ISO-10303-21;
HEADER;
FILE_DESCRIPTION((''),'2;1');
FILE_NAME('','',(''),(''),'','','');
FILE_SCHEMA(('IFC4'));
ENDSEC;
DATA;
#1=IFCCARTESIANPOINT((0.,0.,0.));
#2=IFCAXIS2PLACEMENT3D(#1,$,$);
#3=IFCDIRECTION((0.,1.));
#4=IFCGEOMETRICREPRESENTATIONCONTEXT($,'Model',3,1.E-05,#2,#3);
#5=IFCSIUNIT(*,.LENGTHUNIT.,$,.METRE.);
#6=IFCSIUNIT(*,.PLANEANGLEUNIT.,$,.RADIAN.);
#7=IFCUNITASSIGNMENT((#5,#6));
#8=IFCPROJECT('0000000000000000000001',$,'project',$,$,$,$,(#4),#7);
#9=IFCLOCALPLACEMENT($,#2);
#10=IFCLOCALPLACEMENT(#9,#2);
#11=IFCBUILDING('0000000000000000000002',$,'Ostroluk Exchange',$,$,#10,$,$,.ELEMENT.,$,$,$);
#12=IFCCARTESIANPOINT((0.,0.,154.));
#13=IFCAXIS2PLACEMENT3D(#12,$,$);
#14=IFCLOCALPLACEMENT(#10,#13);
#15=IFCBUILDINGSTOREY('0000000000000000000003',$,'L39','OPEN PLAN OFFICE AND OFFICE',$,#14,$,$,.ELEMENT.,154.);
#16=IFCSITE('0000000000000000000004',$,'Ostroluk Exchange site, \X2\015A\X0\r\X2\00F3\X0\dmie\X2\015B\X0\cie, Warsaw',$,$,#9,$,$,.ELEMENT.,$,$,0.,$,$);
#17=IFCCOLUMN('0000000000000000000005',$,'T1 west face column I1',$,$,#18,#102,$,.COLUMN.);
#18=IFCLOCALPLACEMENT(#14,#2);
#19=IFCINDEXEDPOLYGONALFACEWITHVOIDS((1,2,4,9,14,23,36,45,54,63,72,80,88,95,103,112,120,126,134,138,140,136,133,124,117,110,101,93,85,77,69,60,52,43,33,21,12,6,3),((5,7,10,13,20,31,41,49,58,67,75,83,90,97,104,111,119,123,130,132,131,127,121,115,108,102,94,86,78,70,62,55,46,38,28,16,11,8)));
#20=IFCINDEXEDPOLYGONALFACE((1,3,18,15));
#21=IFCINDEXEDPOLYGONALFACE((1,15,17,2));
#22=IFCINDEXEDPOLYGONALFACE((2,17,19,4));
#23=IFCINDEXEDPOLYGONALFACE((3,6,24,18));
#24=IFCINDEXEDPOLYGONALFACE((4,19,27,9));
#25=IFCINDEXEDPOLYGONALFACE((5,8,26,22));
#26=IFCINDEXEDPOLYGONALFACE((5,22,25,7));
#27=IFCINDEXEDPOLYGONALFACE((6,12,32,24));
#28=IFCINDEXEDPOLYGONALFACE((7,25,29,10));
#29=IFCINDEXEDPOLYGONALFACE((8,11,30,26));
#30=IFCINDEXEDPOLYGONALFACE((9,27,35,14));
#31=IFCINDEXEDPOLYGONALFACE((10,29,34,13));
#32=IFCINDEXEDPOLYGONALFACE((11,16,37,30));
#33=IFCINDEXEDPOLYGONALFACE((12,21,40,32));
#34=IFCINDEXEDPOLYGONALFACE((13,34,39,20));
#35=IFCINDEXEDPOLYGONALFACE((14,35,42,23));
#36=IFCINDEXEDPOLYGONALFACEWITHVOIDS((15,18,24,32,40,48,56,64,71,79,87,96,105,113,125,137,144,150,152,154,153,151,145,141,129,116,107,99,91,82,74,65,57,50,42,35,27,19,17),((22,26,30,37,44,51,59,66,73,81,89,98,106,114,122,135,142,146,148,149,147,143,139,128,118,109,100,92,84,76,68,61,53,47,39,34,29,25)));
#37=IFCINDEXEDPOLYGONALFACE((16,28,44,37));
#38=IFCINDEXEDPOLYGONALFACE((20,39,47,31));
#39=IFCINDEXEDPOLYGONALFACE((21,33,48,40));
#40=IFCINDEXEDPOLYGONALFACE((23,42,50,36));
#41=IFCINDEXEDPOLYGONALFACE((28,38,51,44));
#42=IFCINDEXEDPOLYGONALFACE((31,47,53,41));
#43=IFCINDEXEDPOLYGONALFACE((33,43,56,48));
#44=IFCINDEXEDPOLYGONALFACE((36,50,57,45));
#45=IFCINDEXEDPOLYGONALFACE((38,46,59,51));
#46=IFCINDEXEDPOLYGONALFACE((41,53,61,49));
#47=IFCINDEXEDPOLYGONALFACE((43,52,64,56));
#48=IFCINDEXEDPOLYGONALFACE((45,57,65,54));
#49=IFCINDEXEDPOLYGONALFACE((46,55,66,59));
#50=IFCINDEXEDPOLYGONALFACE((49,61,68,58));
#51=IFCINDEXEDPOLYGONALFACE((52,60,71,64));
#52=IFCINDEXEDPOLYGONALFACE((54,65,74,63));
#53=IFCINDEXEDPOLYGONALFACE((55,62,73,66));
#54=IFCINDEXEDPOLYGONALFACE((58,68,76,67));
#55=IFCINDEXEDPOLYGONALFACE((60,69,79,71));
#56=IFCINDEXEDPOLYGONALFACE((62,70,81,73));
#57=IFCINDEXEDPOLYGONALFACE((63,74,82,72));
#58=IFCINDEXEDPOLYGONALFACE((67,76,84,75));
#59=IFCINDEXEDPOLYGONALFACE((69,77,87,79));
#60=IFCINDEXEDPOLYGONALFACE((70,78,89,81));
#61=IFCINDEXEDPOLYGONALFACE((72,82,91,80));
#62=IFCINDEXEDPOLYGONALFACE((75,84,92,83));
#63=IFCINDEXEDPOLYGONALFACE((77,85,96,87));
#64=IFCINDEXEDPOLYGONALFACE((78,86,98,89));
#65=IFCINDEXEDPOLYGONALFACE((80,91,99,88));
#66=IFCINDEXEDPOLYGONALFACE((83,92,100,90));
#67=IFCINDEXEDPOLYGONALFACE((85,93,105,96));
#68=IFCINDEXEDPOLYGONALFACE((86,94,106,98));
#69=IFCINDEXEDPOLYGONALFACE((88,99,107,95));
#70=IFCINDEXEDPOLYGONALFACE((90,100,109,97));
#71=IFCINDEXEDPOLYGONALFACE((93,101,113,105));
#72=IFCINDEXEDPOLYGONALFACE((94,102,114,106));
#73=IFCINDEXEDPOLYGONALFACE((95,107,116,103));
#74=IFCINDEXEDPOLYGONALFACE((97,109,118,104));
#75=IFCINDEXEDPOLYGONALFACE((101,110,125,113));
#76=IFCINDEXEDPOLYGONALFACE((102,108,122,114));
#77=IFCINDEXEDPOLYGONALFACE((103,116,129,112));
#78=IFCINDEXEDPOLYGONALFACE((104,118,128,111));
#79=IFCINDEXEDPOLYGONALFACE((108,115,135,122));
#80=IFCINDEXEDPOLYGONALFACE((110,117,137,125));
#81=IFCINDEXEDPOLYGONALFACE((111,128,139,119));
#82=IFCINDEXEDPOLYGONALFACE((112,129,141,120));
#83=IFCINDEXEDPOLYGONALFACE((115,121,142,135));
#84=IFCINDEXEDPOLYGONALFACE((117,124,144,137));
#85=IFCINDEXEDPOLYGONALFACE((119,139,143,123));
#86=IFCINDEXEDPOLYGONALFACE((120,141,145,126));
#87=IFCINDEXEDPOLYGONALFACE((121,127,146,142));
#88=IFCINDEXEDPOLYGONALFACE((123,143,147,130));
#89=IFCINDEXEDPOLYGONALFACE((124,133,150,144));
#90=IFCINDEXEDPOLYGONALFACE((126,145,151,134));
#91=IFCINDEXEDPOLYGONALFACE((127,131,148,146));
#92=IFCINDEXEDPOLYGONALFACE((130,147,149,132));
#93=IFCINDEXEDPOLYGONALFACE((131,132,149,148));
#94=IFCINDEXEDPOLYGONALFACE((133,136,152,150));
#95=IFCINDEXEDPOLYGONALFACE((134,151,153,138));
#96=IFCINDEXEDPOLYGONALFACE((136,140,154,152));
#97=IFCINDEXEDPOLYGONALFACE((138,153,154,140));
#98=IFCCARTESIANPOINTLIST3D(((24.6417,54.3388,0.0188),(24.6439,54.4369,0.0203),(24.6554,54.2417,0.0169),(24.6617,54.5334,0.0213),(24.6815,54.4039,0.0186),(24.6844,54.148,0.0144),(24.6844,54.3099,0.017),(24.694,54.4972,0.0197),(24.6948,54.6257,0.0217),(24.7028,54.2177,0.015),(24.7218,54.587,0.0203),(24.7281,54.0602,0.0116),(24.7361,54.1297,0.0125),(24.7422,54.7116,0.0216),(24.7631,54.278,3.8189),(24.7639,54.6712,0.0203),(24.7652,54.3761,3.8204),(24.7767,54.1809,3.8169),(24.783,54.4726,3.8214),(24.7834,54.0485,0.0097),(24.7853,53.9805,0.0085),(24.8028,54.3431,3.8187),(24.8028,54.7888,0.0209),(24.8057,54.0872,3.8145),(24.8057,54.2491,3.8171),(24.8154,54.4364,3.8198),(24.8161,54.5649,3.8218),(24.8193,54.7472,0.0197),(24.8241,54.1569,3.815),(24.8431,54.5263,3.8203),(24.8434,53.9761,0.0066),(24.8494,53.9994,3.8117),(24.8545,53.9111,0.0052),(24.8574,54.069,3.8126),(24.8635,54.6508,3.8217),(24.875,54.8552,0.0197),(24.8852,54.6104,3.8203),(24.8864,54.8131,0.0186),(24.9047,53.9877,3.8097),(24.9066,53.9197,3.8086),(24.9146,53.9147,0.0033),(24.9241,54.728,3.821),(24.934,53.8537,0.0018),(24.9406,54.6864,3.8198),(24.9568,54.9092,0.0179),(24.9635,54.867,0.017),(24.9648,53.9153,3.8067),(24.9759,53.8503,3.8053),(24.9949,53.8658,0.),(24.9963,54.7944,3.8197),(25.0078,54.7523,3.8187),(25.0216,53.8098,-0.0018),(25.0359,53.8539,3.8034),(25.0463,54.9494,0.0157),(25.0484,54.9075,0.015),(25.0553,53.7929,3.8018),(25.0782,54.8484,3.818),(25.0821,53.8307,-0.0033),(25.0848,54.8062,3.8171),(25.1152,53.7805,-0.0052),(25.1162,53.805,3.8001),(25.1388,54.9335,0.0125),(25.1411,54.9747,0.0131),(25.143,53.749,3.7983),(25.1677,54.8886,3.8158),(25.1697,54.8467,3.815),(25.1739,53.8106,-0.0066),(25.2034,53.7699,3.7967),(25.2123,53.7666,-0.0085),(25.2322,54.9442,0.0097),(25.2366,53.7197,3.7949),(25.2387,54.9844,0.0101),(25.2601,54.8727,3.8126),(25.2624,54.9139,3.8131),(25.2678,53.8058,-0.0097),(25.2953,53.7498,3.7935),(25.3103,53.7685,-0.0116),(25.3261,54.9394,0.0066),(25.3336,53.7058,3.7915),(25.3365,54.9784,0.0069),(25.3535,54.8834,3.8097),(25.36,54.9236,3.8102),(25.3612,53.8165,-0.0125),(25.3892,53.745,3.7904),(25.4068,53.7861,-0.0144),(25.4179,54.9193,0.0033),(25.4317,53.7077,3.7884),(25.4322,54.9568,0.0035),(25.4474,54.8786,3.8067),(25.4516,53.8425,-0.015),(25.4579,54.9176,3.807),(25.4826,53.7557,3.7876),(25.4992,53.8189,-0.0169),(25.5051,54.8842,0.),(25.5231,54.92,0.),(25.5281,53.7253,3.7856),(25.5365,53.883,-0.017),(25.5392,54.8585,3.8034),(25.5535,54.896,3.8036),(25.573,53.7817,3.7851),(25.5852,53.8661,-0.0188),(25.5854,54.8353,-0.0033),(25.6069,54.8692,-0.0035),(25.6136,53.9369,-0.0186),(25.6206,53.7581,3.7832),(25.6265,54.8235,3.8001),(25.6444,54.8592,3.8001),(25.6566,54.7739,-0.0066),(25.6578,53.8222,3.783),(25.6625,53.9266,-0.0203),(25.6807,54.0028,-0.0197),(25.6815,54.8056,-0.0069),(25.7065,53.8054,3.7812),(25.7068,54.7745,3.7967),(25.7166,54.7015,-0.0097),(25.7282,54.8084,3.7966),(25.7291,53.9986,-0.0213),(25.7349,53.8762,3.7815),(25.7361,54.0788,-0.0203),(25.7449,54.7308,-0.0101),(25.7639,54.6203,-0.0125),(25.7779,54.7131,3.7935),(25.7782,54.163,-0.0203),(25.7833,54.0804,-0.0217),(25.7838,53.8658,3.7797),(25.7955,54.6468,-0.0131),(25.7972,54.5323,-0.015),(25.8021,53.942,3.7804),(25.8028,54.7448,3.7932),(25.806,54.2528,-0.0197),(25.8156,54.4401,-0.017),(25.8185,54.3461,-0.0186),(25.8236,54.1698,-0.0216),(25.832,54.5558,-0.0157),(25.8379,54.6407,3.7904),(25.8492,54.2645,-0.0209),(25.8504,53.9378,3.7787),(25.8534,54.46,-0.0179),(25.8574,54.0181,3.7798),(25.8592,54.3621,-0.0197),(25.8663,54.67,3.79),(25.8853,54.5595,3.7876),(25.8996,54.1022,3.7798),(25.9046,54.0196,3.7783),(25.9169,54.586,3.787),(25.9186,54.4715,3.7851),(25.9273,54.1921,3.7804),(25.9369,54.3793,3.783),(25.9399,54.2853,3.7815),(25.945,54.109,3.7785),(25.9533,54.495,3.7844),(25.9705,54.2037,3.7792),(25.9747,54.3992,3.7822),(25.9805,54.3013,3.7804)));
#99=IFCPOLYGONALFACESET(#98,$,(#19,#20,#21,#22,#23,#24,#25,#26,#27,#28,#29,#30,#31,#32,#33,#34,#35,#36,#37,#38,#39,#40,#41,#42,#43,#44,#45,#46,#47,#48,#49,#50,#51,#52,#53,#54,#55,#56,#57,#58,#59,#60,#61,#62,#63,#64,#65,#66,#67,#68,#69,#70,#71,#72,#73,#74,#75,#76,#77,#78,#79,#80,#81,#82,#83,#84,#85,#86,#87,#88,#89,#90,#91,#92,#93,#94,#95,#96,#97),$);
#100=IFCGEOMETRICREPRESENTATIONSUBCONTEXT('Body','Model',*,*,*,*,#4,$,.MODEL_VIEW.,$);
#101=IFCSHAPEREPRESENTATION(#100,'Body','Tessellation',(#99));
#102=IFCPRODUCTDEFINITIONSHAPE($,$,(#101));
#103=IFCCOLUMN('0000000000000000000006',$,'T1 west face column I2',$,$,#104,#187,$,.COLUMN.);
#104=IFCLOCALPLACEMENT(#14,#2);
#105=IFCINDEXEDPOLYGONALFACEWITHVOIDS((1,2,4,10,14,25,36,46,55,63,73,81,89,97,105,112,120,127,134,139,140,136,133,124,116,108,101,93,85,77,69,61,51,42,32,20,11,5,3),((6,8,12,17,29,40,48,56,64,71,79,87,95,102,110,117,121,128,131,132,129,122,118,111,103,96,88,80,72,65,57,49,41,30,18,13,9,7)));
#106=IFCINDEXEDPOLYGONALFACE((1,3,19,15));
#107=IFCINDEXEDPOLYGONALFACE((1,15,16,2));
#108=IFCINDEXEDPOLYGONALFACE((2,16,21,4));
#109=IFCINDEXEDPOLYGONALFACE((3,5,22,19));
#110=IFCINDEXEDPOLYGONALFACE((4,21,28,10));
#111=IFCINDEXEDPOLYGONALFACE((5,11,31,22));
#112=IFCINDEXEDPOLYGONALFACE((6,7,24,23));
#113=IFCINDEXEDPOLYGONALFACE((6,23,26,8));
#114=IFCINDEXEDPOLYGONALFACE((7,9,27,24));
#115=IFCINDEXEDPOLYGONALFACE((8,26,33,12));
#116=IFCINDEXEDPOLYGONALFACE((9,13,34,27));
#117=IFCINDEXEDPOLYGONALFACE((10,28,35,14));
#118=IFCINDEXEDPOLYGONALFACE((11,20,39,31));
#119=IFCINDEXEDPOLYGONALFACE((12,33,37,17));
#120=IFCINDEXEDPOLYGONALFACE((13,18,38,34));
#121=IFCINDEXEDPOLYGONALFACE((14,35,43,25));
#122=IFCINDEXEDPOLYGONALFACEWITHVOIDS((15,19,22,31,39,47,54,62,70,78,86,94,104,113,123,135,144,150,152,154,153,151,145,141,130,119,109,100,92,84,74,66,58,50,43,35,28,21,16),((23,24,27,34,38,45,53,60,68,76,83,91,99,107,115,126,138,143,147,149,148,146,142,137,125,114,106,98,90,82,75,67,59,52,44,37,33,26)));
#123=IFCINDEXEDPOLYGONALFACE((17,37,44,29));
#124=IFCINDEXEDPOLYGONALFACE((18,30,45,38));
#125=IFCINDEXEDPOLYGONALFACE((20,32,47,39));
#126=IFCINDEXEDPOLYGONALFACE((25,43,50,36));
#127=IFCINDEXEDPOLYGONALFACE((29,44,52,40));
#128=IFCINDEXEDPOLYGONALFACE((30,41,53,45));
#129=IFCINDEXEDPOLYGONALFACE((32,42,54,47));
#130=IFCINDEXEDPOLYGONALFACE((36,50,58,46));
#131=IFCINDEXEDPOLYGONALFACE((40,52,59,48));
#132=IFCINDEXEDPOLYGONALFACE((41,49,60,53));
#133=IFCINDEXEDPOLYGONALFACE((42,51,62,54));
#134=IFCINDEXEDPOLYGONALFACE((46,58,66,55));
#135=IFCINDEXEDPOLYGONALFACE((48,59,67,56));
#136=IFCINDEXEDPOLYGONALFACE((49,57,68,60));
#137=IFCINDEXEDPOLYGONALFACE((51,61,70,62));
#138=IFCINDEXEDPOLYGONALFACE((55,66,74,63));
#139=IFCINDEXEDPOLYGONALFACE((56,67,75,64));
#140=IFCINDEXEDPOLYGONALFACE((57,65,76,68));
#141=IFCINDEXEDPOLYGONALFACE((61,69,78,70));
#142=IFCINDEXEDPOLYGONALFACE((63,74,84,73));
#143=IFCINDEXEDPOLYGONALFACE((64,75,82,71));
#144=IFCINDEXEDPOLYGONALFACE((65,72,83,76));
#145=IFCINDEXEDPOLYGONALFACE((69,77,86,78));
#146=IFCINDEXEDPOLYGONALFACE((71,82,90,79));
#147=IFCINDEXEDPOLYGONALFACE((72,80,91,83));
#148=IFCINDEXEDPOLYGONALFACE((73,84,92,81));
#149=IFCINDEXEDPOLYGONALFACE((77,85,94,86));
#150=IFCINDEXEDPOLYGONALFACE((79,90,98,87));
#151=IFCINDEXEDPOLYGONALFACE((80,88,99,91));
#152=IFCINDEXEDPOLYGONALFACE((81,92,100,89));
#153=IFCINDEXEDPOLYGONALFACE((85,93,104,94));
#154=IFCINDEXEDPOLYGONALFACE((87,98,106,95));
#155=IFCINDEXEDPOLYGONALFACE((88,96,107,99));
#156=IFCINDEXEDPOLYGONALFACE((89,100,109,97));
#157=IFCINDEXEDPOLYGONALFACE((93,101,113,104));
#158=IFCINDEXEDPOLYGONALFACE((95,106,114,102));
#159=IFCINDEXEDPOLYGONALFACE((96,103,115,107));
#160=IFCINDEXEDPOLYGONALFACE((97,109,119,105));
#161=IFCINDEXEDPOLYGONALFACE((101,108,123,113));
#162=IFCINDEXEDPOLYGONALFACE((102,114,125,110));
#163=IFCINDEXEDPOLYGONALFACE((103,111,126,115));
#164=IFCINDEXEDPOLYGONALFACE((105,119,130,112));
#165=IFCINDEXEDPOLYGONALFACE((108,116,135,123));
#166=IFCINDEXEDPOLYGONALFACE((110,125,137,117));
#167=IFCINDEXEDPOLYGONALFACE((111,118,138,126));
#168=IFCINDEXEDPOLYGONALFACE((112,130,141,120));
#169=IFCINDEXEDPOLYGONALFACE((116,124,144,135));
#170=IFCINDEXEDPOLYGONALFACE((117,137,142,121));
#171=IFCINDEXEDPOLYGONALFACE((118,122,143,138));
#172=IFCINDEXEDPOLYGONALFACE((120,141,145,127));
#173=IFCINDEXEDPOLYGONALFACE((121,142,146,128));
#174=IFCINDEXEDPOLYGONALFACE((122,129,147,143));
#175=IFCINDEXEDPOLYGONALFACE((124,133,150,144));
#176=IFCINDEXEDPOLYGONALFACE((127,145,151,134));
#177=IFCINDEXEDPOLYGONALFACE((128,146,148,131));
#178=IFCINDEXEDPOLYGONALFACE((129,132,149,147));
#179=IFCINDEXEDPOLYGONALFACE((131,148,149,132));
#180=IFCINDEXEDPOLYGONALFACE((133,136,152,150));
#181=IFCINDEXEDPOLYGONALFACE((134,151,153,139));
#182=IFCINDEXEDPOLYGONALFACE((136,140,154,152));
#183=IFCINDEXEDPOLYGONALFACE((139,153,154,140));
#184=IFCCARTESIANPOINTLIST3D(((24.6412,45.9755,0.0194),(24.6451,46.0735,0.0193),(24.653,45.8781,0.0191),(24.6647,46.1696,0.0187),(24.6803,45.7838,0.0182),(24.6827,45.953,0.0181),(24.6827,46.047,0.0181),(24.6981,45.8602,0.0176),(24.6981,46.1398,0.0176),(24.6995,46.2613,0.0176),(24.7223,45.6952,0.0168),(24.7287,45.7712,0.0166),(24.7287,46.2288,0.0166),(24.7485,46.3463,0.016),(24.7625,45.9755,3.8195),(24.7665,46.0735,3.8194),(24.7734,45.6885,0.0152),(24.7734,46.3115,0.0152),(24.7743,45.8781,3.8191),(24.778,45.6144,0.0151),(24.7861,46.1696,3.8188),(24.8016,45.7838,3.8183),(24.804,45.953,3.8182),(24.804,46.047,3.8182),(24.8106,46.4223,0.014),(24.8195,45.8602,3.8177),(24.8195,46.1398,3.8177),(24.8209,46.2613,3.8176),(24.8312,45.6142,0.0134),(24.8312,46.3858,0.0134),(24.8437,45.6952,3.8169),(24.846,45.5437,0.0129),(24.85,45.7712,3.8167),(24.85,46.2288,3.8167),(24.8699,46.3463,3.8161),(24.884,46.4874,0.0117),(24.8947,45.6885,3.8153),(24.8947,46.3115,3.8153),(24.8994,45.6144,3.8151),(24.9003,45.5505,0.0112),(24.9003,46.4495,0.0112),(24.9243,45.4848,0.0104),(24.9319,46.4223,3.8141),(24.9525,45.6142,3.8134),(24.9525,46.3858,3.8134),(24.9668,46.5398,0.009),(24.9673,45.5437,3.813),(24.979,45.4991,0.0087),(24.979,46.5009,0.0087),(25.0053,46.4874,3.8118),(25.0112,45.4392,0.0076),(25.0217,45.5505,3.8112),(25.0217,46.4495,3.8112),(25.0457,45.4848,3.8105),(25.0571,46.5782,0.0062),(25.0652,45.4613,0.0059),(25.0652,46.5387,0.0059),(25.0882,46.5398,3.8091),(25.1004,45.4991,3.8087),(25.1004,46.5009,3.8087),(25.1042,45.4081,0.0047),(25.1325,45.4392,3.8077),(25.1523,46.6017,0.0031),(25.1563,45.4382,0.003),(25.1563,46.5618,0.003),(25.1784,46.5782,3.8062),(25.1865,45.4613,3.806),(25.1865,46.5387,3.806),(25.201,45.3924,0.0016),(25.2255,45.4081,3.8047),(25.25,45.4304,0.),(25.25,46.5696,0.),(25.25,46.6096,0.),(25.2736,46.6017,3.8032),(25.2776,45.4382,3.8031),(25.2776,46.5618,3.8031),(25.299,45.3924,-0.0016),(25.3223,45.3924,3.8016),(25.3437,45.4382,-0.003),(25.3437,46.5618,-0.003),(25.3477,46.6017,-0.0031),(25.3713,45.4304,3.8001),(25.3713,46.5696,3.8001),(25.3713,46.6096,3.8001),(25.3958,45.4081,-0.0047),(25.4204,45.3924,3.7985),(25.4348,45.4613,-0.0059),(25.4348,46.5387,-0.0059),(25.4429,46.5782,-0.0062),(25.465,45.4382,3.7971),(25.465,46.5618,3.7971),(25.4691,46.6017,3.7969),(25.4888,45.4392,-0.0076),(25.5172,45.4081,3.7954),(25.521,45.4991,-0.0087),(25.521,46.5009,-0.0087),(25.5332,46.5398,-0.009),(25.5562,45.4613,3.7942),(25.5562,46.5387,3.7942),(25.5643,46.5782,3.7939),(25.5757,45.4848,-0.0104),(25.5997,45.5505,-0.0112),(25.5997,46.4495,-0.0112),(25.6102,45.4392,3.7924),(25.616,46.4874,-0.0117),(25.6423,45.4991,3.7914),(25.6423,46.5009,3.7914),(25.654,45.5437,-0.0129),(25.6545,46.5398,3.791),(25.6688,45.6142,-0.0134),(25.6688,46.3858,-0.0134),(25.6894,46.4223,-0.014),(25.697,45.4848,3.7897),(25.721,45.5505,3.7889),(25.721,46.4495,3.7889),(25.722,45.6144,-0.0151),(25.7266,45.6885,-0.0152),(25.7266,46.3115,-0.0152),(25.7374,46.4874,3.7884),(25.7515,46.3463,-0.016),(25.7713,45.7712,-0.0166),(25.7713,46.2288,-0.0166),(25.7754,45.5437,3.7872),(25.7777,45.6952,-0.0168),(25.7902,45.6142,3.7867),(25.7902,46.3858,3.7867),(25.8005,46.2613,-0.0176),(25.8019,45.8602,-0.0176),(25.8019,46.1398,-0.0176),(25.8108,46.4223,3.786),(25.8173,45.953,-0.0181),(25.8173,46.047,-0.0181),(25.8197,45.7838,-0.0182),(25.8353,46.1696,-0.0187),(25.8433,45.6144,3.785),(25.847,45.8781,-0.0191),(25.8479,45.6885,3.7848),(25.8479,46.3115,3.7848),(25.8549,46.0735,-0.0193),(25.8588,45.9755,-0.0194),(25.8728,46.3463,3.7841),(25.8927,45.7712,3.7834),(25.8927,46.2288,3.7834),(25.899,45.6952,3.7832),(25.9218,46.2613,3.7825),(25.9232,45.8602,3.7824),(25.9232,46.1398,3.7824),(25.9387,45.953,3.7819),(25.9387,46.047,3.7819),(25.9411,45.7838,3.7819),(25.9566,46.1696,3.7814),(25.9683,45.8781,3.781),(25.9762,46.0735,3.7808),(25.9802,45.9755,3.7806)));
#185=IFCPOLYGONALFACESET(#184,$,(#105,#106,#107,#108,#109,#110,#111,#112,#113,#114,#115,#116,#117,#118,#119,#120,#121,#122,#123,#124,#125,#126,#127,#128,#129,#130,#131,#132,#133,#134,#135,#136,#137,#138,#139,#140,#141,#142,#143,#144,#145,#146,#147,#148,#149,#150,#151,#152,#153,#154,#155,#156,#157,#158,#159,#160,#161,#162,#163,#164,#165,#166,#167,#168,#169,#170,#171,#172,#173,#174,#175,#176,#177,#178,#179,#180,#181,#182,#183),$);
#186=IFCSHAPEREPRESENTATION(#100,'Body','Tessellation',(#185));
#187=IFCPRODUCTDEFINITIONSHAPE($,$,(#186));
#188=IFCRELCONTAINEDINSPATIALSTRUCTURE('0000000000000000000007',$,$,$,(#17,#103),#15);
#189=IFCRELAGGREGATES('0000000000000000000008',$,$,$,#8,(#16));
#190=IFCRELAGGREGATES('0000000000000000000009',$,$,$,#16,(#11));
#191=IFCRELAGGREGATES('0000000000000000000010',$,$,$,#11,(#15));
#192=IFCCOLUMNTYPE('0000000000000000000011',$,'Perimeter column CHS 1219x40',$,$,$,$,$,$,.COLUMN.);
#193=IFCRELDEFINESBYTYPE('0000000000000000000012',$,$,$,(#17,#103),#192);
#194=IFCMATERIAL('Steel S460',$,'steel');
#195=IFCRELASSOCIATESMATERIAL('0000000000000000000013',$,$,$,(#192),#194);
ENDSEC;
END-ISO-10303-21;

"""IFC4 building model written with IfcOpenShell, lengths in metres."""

from ifc_helpers import new_model, si_unit, direction, frame, origin, origin_2d, place, context, subcontext, project, spatial, hollow_circle, extrude, material, material_profile, profile_set, type_object, element, save


model = new_model("IFC4")

# Units and contexts
model_context = context("Model", 3, precision=1e-05, world=origin(), true_north=direction((0.0, 1.0)))
body_context = subcontext(model_context, "Body", "Model", "MODEL_VIEW")
ifc_project = project(units=[si_unit("LENGTHUNIT", "METRE"), si_unit("PLANEANGLEUNIT", "RADIAN")], contexts=[model_context])

# Site, building, storey
site_placement = place(None, origin())
site = spatial("IfcSite", under=ifc_project, at=site_placement, Name="Ostroluk Exchange site, Śródmieście, Warsaw", CompositionType="ELEMENT", RefElevation=0.0)
building_placement = place(site_placement, origin())
building = spatial("IfcBuilding", under=site, at=building_placement, Name="Ostroluk Exchange", CompositionType="ELEMENT")
storey_placement = place(building_placement, frame((0.0, 0.0, 154.0)))
storey = spatial("IfcBuildingStorey", under=building, at=storey_placement, Name="L39", Description="OPEN PLAN OFFICE AND OFFICE", CompositionType="ELEMENT", Elevation=154.0)

# Columns
ifc_material_1 = material(Name="Steel S460", Category="steel")
ifc_material_profile_1 = material_profile(ifc_material_1, hollow_circle(Radius=0.6096, WallThickness=0.04, at=origin_2d()), Name="CHS 1219x40")
ifc_profile_set_1 = profile_set([ifc_material_profile_1], Name="Steel S460")
column_type = type_object("IfcColumnType", Name="Perimeter column CHS 1219x40", PredefinedType="COLUMN", material=ifc_profile_set_1)
column_1_placement = place(storey_placement, frame((25.25, 54.375, 0.0), z_axis=(0.03191, -0.015987, 0.999363), x_axis=(0.447933, 0.894067, 0.0)))
element("IfcColumn", 1, at=column_1_placement, inside=storey, type_object=column_type, Name="T1 west face column I1", PredefinedType="COLUMN", context=body_context, shape_type="SweptSolid", body=[
    extrude(hollow_circle(Radius=0.6096, WallThickness=0.04, at=origin_2d()), origin(), (0.0, 0.0, 1.0), 3.8025),
])
column_2_placement = place(storey_placement, frame((25.25, 46.0, 0.0), z_axis=(0.031914, 0.0, 0.999491), x_axis=(0.0, 1.0, 0.0)))
element("IfcColumn", 2, at=column_2_placement, inside=storey, type_object=column_type, Name="T1 west face column I2", PredefinedType="COLUMN", context=body_context, shape_type="SweptSolid", body=[
    extrude(hollow_circle(Radius=0.6096, WallThickness=0.04, at=origin_2d()), origin(), (0.0, 0.0, 1.0), 3.802),
])

save(model, "model.ifc")
